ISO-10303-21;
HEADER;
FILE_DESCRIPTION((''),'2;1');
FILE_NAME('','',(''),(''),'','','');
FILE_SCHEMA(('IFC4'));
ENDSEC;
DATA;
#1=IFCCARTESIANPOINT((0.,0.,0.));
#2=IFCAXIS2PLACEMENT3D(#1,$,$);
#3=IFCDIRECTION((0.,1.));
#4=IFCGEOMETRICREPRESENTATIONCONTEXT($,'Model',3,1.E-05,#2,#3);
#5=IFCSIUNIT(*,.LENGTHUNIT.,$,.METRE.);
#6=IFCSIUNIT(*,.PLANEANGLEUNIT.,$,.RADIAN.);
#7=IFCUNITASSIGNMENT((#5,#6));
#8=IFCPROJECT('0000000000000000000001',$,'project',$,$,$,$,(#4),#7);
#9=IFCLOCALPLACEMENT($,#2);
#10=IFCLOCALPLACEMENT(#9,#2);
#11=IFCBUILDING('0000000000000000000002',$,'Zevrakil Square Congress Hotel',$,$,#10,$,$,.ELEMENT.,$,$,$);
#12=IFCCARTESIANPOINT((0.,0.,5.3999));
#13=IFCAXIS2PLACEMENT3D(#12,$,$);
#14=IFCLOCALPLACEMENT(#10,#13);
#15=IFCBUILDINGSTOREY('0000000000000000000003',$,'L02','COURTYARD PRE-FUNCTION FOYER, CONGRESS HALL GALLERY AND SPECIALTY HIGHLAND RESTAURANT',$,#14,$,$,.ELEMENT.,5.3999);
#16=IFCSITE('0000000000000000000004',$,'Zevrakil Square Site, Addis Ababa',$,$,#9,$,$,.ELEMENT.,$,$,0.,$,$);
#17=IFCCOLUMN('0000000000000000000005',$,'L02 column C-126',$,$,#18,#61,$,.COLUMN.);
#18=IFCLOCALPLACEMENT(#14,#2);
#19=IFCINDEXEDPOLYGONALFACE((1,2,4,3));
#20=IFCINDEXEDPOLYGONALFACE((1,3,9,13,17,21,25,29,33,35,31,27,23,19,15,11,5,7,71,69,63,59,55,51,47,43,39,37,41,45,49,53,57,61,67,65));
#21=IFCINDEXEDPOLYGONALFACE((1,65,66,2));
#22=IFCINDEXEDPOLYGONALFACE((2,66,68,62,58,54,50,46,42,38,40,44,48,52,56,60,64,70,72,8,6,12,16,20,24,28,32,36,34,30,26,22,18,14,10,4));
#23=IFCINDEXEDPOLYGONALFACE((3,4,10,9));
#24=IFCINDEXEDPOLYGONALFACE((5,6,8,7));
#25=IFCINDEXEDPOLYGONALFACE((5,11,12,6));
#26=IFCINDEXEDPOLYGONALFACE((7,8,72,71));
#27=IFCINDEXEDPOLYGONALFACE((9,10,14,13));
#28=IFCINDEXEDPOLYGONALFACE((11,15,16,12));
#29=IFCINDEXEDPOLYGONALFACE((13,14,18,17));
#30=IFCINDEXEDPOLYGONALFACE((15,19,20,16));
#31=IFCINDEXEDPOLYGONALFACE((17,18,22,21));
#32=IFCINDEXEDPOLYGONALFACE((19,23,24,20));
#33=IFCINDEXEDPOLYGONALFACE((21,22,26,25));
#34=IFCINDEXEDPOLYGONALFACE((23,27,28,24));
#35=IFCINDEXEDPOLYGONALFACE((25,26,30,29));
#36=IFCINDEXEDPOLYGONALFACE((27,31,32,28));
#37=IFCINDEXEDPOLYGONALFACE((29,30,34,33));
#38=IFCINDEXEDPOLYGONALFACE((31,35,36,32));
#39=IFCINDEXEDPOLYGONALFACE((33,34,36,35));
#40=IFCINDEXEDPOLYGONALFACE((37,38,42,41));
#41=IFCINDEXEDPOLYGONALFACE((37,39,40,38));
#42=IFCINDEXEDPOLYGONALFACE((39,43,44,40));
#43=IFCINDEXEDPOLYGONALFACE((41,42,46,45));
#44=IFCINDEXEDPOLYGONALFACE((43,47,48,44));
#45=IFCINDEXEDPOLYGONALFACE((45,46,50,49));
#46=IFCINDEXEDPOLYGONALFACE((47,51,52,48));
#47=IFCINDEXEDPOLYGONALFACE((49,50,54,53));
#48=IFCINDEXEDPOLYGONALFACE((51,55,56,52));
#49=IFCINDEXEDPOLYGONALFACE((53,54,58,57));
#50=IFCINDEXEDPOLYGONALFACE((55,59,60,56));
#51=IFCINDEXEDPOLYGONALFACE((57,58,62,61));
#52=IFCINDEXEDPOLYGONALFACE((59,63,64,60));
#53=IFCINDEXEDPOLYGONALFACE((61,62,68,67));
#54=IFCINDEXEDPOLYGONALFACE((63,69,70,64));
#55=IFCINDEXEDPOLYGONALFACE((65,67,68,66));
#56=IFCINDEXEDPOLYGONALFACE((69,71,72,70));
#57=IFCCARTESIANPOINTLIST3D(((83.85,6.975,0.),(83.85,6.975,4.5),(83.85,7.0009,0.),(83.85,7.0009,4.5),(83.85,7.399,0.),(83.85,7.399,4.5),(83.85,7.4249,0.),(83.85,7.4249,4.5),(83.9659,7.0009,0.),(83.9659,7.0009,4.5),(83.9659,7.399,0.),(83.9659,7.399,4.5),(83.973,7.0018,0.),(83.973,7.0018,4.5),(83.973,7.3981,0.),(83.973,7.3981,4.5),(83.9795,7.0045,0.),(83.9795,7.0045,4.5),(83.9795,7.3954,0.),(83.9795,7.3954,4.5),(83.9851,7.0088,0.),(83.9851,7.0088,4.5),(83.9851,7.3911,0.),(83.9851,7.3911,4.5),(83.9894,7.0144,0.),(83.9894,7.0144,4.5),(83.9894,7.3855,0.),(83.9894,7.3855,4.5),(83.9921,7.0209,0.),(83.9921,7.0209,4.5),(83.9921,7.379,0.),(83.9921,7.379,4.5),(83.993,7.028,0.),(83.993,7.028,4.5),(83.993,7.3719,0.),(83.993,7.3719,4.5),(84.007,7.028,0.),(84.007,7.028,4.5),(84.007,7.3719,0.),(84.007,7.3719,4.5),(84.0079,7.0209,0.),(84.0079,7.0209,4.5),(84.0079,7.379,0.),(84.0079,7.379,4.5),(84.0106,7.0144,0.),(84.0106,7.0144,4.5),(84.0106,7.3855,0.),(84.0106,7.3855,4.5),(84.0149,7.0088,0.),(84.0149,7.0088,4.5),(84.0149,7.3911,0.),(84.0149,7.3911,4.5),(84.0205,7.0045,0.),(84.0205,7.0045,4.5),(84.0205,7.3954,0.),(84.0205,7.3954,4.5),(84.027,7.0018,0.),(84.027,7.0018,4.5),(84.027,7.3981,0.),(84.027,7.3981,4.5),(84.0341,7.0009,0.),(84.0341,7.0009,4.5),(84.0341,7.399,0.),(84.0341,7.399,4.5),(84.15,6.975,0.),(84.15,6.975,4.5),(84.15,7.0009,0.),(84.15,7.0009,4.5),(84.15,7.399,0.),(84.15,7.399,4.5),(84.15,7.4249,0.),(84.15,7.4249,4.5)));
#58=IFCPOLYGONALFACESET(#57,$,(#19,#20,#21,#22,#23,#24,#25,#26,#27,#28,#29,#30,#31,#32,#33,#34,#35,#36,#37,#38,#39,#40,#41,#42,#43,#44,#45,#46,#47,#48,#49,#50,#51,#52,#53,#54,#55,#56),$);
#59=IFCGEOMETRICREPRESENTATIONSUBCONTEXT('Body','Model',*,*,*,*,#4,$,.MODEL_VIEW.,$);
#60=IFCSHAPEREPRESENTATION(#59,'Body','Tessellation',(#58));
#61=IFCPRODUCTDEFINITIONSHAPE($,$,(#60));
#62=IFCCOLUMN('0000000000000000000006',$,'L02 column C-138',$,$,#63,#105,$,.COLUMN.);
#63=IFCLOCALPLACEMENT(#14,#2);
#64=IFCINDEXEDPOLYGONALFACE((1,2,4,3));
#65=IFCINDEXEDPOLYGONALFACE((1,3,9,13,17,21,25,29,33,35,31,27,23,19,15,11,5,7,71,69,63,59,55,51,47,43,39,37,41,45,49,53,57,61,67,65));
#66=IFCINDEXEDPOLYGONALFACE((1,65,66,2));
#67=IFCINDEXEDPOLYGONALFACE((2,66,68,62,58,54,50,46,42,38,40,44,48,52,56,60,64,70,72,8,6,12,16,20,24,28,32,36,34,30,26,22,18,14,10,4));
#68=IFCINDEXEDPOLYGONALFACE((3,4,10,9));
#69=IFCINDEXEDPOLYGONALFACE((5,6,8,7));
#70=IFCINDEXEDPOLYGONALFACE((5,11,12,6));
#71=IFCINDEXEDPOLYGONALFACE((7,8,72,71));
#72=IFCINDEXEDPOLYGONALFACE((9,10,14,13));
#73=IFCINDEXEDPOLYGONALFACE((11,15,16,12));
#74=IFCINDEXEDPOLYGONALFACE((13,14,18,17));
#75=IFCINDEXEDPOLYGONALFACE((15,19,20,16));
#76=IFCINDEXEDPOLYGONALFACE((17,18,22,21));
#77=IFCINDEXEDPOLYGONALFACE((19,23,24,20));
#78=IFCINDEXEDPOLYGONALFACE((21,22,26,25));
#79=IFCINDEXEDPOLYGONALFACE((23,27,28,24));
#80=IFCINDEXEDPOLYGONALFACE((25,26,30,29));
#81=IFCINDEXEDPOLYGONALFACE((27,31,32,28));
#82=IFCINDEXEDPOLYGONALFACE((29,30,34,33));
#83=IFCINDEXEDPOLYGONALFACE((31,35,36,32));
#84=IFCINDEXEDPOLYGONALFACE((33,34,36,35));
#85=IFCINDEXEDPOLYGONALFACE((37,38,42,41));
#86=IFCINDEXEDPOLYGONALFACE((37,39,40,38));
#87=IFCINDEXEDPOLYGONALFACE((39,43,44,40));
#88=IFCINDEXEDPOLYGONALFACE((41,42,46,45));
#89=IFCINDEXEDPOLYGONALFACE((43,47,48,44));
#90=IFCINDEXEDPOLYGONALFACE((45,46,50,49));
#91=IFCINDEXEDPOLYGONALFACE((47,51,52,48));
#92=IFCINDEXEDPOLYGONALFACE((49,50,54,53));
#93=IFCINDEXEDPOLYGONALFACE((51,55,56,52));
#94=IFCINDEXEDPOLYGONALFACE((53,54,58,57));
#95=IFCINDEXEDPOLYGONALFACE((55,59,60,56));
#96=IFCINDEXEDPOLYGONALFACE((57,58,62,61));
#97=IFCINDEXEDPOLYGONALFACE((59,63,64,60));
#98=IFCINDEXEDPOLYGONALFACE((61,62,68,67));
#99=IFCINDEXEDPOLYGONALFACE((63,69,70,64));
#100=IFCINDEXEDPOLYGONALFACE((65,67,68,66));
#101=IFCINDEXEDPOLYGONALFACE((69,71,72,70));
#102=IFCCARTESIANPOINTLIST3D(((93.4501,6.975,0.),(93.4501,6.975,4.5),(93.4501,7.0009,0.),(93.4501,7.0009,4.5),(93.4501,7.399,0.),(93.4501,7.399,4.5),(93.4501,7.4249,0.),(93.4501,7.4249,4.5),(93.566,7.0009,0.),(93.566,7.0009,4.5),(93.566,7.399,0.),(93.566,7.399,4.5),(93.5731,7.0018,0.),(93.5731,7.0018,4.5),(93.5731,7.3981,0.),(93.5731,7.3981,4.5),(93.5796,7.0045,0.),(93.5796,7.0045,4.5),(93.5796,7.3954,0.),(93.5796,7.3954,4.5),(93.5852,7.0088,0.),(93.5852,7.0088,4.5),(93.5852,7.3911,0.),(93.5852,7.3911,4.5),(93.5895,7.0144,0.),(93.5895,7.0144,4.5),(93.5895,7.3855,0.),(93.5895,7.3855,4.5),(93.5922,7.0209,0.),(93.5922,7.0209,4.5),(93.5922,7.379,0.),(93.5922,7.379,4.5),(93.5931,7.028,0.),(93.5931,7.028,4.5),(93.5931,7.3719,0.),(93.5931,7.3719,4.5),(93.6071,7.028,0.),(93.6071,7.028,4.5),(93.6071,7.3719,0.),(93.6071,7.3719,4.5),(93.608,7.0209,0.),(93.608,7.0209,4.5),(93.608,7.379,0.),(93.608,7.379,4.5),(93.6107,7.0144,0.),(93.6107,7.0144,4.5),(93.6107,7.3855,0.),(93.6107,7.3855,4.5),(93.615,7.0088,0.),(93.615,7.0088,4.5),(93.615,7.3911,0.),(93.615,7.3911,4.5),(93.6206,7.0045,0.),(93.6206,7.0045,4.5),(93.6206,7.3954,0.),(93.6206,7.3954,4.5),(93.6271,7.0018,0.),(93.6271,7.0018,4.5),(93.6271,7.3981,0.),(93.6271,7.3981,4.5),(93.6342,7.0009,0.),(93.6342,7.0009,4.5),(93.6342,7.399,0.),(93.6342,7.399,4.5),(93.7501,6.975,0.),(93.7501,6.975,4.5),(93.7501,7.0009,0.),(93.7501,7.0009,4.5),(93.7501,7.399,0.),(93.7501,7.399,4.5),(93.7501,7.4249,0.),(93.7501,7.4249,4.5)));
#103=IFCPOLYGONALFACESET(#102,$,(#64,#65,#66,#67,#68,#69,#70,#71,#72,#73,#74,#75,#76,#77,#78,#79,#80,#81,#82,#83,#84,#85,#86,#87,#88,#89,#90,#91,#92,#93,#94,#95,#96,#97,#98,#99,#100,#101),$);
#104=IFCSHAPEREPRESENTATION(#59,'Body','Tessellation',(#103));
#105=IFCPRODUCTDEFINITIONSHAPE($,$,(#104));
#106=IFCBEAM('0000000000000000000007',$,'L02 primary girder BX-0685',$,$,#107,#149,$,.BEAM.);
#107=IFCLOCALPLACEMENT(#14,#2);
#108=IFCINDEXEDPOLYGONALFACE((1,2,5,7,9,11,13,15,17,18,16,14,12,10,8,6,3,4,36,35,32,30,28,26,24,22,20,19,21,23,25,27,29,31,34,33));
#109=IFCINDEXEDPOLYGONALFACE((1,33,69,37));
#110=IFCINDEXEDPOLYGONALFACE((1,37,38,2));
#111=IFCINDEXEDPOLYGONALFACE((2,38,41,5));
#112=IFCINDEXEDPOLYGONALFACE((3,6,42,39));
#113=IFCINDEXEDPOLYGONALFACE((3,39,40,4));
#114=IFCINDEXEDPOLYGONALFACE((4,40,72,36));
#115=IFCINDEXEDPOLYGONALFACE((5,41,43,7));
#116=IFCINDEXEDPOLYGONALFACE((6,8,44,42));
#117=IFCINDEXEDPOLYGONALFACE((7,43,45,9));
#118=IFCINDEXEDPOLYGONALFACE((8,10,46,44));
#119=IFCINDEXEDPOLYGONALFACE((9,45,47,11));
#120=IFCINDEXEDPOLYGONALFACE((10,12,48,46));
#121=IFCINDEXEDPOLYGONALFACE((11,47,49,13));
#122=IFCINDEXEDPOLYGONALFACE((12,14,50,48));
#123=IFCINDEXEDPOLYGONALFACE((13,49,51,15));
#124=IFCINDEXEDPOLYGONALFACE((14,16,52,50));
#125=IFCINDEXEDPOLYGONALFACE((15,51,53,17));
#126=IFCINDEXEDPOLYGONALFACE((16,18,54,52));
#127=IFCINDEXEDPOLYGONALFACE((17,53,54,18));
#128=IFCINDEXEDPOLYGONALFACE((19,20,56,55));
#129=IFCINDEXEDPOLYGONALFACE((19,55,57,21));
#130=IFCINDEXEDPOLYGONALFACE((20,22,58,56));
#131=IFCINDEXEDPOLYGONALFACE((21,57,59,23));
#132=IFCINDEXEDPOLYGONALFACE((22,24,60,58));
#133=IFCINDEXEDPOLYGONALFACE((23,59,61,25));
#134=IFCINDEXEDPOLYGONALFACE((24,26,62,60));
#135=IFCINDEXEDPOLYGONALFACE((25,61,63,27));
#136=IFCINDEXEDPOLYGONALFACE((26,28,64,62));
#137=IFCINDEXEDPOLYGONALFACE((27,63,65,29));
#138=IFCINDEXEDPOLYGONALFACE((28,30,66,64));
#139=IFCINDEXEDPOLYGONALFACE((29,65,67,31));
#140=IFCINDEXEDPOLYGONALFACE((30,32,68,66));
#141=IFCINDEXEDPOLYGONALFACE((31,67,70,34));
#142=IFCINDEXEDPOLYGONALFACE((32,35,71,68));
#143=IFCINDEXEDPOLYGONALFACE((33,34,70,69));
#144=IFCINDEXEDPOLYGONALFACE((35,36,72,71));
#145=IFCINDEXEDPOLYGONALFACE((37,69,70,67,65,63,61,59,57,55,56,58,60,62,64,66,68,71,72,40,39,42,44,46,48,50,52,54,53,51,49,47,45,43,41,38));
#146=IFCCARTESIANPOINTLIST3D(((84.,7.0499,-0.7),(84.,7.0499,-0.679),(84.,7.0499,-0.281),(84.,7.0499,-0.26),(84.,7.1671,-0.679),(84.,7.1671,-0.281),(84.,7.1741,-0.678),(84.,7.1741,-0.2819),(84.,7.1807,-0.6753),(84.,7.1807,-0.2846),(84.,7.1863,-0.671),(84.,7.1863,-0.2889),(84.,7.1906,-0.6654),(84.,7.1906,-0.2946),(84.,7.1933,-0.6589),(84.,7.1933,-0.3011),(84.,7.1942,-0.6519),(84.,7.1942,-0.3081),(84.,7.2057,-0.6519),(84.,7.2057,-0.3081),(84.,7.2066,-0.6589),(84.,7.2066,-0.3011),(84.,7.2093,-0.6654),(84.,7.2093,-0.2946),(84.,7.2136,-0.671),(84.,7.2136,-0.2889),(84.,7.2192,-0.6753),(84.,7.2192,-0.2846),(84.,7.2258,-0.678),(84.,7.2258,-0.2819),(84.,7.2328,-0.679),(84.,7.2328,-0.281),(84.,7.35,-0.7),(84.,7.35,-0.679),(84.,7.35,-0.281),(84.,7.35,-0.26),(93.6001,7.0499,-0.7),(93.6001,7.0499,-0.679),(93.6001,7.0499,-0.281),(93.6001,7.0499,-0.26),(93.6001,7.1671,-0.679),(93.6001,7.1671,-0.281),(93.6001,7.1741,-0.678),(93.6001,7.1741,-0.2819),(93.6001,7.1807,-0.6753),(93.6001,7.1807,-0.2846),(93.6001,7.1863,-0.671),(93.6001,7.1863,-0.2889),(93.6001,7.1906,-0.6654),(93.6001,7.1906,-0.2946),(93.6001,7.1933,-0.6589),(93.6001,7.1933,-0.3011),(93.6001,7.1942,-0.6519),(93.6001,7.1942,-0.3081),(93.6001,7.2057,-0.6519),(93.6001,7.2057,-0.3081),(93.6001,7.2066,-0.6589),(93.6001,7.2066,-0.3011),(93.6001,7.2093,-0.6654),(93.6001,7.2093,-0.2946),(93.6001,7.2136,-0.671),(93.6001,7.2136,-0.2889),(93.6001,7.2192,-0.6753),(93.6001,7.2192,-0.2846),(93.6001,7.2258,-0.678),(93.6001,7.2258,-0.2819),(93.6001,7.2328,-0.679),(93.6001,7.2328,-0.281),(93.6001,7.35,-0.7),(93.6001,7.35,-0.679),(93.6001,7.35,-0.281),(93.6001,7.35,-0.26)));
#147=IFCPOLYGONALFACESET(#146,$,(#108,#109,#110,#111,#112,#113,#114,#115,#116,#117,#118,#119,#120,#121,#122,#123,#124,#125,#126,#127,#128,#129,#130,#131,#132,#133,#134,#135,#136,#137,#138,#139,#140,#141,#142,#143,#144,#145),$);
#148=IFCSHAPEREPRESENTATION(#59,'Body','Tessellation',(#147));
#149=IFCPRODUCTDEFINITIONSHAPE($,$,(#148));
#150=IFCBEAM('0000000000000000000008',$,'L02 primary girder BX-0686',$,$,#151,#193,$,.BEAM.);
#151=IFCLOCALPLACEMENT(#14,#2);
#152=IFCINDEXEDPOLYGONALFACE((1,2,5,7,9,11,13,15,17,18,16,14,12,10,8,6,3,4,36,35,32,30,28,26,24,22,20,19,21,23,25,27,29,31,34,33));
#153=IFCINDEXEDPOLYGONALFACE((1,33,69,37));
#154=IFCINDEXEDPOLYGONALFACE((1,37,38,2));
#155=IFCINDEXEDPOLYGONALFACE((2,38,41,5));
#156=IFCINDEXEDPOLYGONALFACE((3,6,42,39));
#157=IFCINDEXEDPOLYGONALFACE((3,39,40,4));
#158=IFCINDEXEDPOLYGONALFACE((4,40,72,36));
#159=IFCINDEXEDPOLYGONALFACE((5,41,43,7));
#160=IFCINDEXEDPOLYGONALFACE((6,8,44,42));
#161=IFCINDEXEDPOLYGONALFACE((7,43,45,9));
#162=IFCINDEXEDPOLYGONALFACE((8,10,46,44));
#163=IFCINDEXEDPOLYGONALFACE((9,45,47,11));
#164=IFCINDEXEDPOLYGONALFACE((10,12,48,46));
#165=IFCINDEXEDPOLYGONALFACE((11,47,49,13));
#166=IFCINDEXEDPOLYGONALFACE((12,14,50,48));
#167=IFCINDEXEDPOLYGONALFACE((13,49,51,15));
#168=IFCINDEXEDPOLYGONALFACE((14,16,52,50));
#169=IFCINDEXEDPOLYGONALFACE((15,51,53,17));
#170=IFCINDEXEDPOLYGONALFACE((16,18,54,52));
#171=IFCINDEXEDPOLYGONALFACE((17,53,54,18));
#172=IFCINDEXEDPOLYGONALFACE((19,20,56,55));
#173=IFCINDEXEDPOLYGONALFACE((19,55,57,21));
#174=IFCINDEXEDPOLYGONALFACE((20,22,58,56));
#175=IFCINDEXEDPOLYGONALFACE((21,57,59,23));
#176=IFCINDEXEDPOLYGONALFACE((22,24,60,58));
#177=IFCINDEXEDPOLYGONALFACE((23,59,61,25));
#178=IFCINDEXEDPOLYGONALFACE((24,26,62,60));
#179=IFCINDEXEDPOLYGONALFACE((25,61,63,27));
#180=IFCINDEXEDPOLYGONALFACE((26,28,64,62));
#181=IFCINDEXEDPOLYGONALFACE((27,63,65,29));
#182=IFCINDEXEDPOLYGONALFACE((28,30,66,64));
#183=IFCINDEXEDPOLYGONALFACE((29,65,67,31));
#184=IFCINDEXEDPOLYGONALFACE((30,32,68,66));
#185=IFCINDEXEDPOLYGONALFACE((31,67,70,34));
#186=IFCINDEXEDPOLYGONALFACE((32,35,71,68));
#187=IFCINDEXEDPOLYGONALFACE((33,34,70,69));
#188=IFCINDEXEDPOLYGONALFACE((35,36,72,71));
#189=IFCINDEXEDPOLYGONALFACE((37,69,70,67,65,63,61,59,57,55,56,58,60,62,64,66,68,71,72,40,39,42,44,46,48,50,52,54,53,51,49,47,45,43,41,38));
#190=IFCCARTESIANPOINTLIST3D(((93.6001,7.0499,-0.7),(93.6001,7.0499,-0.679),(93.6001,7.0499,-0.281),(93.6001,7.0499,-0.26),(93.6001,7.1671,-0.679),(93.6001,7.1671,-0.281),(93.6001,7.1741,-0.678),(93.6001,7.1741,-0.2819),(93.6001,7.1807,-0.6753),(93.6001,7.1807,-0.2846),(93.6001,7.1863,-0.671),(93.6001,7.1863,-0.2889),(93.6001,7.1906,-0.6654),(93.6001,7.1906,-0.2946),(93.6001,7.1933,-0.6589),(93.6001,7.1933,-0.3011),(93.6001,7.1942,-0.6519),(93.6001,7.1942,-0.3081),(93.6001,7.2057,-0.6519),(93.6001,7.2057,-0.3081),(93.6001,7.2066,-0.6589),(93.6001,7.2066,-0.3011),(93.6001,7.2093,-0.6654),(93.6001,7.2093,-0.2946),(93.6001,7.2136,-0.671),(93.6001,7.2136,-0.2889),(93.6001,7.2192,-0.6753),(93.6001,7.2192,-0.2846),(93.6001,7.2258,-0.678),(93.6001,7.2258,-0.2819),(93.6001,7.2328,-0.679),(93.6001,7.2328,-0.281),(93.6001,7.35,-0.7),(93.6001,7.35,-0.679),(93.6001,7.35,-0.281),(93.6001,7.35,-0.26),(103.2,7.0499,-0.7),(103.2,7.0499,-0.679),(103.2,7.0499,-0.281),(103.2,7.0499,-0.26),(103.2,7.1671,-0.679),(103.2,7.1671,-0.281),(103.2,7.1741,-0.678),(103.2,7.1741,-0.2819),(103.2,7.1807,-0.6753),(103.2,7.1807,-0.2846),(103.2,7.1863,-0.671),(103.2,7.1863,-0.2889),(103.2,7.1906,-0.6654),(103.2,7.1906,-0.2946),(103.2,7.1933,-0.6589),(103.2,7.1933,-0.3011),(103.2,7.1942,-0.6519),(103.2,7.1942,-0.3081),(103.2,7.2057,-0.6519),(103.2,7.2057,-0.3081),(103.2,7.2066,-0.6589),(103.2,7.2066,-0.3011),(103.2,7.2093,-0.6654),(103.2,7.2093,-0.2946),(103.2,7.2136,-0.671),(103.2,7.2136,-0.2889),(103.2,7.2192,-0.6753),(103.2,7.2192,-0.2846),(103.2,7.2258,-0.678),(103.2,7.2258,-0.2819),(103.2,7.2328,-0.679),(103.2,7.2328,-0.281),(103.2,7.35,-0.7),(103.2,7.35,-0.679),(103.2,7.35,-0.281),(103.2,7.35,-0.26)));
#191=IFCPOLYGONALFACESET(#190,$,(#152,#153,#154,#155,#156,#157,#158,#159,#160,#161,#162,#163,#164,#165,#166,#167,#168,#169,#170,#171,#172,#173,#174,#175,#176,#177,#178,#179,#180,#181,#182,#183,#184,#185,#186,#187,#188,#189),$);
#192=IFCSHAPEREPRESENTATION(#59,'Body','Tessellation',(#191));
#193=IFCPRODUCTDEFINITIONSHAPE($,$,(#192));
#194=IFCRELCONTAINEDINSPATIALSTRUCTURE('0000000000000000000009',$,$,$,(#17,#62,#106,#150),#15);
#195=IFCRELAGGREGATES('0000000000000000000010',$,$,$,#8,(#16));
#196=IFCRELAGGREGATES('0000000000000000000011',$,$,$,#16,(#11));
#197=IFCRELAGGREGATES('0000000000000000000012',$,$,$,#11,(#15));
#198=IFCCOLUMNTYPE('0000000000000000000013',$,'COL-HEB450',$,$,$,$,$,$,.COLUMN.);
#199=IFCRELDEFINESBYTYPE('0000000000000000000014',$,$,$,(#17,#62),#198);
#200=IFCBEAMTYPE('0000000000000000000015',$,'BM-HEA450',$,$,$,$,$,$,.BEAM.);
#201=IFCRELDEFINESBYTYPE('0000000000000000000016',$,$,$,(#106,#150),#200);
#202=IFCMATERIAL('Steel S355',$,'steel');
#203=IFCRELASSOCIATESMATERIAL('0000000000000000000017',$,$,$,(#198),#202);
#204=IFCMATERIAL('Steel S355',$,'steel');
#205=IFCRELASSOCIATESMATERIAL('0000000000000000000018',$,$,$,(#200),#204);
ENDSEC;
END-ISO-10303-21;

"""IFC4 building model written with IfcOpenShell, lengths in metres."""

from ifc_helpers import new_model, si_unit, direction, frame, origin, origin_2d, place, context, subcontext, project, spatial, i_section, extrude, material, material_profile, profile_set, type_object, element, save


model = new_model("IFC4")

# Units and contexts
model_context = context("Model", 3, precision=1e-05, world=origin(), true_north=direction((0.0, 1.0)))
body_context = subcontext(model_context, "Body", "Model", "MODEL_VIEW")
ifc_project = project(units=[si_unit("LENGTHUNIT", "METRE"), si_unit("PLANEANGLEUNIT", "RADIAN")], contexts=[model_context])

# Site, building, storey
site_placement = place(None, origin())
site = spatial("IfcSite", under=ifc_project, at=site_placement, Name="Zevrakil Square Site, Addis Ababa", CompositionType="ELEMENT", RefElevation=0.0)
building_placement = place(site_placement, origin())
building = spatial("IfcBuilding", under=site, at=building_placement, Name="Zevrakil Square Congress Hotel", CompositionType="ELEMENT")
storey_placement = place(building_placement, frame((0.0, 0.0, 5.3999)))
storey = spatial("IfcBuildingStorey", under=building, at=storey_placement, Name="L02", Description="COURTYARD PRE-FUNCTION FOYER, CONGRESS HALL GALLERY AND SPECIALTY HIGHLAND RESTAURANT", CompositionType="ELEMENT", Elevation=5.3999)

# Columns
ifc_material_1 = material(Name="Steel S355", Category="steel")
ifc_material_profile_1 = material_profile(ifc_material_1, i_section(OverallWidth=0.3, OverallDepth=0.45, WebThickness=0.0139, FlangeThickness=0.0259, FilletRadius=0.0271, at=origin_2d()), Name="HEB 450")
ifc_profile_set_1 = profile_set([ifc_material_profile_1], Name="Steel S355")
column_type = type_object("IfcColumnType", Name="COL-HEB450", PredefinedType="COLUMN", material=ifc_profile_set_1)
for number, where, z_axis, x_axis, name in (
    (1, (84.0, 7.2, 0.0), (0.0, 0.0, 1.0), (1.0, 0.0, 0.0), "L02 column C-126"),
    (2, (93.6001, 7.2, 0.0), (0.0, 0.0, 1.0), (1.0, 0.0, 0.0), "L02 column C-138"),
):
    element("IfcColumn", number, at=place(storey_placement, frame(where, z_axis=z_axis, x_axis=x_axis)), inside=storey, type_object=column_type, Name=name, PredefinedType="COLUMN", context=body_context, shape_type="SweptSolid", body=[
        extrude(i_section(OverallWidth=0.3, OverallDepth=0.45, WebThickness=0.0139, FlangeThickness=0.0259, FilletRadius=0.0271, at=origin_2d()), origin(), (0.0, 0.0, 1.0), 4.5),
    ])

# Beams
ifc_material_2 = material(Name="Steel S355", Category="steel")
ifc_material_profile_2 = material_profile(ifc_material_2, i_section(OverallWidth=0.3, OverallDepth=0.4399, WebThickness=0.0115, FlangeThickness=0.021, FilletRadius=0.0271, at=origin_2d()), Name="HEA 450")
ifc_profile_set_2 = profile_set([ifc_material_profile_2], Name="Steel S355")
beam_type_1 = type_object("IfcBeamType", Name="BM-HEA450", PredefinedType="BEAM", material=ifc_profile_set_2)
beam_1_placement = place(storey_placement, frame((84.0, 7.2, -0.48), z_axis=(1.0, 0.0, 0.0), x_axis=(0.0, 1.0, 0.0)))
element("IfcBeam", 3, at=beam_1_placement, inside=storey, type_object=beam_type_1, Name="L02 primary girder BX-0685", PredefinedType="BEAM", context=body_context, shape_type="SweptSolid", body=[
    extrude(i_section(OverallWidth=0.3, OverallDepth=0.4399, WebThickness=0.0115, FlangeThickness=0.021, FilletRadius=0.0271, at=origin_2d()), origin(), (0.0, 0.0, 1.0), 9.6001),
])
beam_2_placement = place(storey_placement, frame((93.6001, 7.2, -0.48), z_axis=(1.0, 0.0, 0.0), x_axis=(0.0, 1.0, 0.0)))
element("IfcBeam", 4, at=beam_2_placement, inside=storey, type_object=beam_type_1, Name="L02 primary girder BX-0686", PredefinedType="BEAM", context=body_context, shape_type="SweptSolid", body=[
    extrude(i_section(OverallWidth=0.3, OverallDepth=0.4399, WebThickness=0.0115, FlangeThickness=0.021, FilletRadius=0.0271, at=origin_2d()), origin(), (0.0, 0.0, 1.0), 9.5999),
])

save(model, "model.ifc")
